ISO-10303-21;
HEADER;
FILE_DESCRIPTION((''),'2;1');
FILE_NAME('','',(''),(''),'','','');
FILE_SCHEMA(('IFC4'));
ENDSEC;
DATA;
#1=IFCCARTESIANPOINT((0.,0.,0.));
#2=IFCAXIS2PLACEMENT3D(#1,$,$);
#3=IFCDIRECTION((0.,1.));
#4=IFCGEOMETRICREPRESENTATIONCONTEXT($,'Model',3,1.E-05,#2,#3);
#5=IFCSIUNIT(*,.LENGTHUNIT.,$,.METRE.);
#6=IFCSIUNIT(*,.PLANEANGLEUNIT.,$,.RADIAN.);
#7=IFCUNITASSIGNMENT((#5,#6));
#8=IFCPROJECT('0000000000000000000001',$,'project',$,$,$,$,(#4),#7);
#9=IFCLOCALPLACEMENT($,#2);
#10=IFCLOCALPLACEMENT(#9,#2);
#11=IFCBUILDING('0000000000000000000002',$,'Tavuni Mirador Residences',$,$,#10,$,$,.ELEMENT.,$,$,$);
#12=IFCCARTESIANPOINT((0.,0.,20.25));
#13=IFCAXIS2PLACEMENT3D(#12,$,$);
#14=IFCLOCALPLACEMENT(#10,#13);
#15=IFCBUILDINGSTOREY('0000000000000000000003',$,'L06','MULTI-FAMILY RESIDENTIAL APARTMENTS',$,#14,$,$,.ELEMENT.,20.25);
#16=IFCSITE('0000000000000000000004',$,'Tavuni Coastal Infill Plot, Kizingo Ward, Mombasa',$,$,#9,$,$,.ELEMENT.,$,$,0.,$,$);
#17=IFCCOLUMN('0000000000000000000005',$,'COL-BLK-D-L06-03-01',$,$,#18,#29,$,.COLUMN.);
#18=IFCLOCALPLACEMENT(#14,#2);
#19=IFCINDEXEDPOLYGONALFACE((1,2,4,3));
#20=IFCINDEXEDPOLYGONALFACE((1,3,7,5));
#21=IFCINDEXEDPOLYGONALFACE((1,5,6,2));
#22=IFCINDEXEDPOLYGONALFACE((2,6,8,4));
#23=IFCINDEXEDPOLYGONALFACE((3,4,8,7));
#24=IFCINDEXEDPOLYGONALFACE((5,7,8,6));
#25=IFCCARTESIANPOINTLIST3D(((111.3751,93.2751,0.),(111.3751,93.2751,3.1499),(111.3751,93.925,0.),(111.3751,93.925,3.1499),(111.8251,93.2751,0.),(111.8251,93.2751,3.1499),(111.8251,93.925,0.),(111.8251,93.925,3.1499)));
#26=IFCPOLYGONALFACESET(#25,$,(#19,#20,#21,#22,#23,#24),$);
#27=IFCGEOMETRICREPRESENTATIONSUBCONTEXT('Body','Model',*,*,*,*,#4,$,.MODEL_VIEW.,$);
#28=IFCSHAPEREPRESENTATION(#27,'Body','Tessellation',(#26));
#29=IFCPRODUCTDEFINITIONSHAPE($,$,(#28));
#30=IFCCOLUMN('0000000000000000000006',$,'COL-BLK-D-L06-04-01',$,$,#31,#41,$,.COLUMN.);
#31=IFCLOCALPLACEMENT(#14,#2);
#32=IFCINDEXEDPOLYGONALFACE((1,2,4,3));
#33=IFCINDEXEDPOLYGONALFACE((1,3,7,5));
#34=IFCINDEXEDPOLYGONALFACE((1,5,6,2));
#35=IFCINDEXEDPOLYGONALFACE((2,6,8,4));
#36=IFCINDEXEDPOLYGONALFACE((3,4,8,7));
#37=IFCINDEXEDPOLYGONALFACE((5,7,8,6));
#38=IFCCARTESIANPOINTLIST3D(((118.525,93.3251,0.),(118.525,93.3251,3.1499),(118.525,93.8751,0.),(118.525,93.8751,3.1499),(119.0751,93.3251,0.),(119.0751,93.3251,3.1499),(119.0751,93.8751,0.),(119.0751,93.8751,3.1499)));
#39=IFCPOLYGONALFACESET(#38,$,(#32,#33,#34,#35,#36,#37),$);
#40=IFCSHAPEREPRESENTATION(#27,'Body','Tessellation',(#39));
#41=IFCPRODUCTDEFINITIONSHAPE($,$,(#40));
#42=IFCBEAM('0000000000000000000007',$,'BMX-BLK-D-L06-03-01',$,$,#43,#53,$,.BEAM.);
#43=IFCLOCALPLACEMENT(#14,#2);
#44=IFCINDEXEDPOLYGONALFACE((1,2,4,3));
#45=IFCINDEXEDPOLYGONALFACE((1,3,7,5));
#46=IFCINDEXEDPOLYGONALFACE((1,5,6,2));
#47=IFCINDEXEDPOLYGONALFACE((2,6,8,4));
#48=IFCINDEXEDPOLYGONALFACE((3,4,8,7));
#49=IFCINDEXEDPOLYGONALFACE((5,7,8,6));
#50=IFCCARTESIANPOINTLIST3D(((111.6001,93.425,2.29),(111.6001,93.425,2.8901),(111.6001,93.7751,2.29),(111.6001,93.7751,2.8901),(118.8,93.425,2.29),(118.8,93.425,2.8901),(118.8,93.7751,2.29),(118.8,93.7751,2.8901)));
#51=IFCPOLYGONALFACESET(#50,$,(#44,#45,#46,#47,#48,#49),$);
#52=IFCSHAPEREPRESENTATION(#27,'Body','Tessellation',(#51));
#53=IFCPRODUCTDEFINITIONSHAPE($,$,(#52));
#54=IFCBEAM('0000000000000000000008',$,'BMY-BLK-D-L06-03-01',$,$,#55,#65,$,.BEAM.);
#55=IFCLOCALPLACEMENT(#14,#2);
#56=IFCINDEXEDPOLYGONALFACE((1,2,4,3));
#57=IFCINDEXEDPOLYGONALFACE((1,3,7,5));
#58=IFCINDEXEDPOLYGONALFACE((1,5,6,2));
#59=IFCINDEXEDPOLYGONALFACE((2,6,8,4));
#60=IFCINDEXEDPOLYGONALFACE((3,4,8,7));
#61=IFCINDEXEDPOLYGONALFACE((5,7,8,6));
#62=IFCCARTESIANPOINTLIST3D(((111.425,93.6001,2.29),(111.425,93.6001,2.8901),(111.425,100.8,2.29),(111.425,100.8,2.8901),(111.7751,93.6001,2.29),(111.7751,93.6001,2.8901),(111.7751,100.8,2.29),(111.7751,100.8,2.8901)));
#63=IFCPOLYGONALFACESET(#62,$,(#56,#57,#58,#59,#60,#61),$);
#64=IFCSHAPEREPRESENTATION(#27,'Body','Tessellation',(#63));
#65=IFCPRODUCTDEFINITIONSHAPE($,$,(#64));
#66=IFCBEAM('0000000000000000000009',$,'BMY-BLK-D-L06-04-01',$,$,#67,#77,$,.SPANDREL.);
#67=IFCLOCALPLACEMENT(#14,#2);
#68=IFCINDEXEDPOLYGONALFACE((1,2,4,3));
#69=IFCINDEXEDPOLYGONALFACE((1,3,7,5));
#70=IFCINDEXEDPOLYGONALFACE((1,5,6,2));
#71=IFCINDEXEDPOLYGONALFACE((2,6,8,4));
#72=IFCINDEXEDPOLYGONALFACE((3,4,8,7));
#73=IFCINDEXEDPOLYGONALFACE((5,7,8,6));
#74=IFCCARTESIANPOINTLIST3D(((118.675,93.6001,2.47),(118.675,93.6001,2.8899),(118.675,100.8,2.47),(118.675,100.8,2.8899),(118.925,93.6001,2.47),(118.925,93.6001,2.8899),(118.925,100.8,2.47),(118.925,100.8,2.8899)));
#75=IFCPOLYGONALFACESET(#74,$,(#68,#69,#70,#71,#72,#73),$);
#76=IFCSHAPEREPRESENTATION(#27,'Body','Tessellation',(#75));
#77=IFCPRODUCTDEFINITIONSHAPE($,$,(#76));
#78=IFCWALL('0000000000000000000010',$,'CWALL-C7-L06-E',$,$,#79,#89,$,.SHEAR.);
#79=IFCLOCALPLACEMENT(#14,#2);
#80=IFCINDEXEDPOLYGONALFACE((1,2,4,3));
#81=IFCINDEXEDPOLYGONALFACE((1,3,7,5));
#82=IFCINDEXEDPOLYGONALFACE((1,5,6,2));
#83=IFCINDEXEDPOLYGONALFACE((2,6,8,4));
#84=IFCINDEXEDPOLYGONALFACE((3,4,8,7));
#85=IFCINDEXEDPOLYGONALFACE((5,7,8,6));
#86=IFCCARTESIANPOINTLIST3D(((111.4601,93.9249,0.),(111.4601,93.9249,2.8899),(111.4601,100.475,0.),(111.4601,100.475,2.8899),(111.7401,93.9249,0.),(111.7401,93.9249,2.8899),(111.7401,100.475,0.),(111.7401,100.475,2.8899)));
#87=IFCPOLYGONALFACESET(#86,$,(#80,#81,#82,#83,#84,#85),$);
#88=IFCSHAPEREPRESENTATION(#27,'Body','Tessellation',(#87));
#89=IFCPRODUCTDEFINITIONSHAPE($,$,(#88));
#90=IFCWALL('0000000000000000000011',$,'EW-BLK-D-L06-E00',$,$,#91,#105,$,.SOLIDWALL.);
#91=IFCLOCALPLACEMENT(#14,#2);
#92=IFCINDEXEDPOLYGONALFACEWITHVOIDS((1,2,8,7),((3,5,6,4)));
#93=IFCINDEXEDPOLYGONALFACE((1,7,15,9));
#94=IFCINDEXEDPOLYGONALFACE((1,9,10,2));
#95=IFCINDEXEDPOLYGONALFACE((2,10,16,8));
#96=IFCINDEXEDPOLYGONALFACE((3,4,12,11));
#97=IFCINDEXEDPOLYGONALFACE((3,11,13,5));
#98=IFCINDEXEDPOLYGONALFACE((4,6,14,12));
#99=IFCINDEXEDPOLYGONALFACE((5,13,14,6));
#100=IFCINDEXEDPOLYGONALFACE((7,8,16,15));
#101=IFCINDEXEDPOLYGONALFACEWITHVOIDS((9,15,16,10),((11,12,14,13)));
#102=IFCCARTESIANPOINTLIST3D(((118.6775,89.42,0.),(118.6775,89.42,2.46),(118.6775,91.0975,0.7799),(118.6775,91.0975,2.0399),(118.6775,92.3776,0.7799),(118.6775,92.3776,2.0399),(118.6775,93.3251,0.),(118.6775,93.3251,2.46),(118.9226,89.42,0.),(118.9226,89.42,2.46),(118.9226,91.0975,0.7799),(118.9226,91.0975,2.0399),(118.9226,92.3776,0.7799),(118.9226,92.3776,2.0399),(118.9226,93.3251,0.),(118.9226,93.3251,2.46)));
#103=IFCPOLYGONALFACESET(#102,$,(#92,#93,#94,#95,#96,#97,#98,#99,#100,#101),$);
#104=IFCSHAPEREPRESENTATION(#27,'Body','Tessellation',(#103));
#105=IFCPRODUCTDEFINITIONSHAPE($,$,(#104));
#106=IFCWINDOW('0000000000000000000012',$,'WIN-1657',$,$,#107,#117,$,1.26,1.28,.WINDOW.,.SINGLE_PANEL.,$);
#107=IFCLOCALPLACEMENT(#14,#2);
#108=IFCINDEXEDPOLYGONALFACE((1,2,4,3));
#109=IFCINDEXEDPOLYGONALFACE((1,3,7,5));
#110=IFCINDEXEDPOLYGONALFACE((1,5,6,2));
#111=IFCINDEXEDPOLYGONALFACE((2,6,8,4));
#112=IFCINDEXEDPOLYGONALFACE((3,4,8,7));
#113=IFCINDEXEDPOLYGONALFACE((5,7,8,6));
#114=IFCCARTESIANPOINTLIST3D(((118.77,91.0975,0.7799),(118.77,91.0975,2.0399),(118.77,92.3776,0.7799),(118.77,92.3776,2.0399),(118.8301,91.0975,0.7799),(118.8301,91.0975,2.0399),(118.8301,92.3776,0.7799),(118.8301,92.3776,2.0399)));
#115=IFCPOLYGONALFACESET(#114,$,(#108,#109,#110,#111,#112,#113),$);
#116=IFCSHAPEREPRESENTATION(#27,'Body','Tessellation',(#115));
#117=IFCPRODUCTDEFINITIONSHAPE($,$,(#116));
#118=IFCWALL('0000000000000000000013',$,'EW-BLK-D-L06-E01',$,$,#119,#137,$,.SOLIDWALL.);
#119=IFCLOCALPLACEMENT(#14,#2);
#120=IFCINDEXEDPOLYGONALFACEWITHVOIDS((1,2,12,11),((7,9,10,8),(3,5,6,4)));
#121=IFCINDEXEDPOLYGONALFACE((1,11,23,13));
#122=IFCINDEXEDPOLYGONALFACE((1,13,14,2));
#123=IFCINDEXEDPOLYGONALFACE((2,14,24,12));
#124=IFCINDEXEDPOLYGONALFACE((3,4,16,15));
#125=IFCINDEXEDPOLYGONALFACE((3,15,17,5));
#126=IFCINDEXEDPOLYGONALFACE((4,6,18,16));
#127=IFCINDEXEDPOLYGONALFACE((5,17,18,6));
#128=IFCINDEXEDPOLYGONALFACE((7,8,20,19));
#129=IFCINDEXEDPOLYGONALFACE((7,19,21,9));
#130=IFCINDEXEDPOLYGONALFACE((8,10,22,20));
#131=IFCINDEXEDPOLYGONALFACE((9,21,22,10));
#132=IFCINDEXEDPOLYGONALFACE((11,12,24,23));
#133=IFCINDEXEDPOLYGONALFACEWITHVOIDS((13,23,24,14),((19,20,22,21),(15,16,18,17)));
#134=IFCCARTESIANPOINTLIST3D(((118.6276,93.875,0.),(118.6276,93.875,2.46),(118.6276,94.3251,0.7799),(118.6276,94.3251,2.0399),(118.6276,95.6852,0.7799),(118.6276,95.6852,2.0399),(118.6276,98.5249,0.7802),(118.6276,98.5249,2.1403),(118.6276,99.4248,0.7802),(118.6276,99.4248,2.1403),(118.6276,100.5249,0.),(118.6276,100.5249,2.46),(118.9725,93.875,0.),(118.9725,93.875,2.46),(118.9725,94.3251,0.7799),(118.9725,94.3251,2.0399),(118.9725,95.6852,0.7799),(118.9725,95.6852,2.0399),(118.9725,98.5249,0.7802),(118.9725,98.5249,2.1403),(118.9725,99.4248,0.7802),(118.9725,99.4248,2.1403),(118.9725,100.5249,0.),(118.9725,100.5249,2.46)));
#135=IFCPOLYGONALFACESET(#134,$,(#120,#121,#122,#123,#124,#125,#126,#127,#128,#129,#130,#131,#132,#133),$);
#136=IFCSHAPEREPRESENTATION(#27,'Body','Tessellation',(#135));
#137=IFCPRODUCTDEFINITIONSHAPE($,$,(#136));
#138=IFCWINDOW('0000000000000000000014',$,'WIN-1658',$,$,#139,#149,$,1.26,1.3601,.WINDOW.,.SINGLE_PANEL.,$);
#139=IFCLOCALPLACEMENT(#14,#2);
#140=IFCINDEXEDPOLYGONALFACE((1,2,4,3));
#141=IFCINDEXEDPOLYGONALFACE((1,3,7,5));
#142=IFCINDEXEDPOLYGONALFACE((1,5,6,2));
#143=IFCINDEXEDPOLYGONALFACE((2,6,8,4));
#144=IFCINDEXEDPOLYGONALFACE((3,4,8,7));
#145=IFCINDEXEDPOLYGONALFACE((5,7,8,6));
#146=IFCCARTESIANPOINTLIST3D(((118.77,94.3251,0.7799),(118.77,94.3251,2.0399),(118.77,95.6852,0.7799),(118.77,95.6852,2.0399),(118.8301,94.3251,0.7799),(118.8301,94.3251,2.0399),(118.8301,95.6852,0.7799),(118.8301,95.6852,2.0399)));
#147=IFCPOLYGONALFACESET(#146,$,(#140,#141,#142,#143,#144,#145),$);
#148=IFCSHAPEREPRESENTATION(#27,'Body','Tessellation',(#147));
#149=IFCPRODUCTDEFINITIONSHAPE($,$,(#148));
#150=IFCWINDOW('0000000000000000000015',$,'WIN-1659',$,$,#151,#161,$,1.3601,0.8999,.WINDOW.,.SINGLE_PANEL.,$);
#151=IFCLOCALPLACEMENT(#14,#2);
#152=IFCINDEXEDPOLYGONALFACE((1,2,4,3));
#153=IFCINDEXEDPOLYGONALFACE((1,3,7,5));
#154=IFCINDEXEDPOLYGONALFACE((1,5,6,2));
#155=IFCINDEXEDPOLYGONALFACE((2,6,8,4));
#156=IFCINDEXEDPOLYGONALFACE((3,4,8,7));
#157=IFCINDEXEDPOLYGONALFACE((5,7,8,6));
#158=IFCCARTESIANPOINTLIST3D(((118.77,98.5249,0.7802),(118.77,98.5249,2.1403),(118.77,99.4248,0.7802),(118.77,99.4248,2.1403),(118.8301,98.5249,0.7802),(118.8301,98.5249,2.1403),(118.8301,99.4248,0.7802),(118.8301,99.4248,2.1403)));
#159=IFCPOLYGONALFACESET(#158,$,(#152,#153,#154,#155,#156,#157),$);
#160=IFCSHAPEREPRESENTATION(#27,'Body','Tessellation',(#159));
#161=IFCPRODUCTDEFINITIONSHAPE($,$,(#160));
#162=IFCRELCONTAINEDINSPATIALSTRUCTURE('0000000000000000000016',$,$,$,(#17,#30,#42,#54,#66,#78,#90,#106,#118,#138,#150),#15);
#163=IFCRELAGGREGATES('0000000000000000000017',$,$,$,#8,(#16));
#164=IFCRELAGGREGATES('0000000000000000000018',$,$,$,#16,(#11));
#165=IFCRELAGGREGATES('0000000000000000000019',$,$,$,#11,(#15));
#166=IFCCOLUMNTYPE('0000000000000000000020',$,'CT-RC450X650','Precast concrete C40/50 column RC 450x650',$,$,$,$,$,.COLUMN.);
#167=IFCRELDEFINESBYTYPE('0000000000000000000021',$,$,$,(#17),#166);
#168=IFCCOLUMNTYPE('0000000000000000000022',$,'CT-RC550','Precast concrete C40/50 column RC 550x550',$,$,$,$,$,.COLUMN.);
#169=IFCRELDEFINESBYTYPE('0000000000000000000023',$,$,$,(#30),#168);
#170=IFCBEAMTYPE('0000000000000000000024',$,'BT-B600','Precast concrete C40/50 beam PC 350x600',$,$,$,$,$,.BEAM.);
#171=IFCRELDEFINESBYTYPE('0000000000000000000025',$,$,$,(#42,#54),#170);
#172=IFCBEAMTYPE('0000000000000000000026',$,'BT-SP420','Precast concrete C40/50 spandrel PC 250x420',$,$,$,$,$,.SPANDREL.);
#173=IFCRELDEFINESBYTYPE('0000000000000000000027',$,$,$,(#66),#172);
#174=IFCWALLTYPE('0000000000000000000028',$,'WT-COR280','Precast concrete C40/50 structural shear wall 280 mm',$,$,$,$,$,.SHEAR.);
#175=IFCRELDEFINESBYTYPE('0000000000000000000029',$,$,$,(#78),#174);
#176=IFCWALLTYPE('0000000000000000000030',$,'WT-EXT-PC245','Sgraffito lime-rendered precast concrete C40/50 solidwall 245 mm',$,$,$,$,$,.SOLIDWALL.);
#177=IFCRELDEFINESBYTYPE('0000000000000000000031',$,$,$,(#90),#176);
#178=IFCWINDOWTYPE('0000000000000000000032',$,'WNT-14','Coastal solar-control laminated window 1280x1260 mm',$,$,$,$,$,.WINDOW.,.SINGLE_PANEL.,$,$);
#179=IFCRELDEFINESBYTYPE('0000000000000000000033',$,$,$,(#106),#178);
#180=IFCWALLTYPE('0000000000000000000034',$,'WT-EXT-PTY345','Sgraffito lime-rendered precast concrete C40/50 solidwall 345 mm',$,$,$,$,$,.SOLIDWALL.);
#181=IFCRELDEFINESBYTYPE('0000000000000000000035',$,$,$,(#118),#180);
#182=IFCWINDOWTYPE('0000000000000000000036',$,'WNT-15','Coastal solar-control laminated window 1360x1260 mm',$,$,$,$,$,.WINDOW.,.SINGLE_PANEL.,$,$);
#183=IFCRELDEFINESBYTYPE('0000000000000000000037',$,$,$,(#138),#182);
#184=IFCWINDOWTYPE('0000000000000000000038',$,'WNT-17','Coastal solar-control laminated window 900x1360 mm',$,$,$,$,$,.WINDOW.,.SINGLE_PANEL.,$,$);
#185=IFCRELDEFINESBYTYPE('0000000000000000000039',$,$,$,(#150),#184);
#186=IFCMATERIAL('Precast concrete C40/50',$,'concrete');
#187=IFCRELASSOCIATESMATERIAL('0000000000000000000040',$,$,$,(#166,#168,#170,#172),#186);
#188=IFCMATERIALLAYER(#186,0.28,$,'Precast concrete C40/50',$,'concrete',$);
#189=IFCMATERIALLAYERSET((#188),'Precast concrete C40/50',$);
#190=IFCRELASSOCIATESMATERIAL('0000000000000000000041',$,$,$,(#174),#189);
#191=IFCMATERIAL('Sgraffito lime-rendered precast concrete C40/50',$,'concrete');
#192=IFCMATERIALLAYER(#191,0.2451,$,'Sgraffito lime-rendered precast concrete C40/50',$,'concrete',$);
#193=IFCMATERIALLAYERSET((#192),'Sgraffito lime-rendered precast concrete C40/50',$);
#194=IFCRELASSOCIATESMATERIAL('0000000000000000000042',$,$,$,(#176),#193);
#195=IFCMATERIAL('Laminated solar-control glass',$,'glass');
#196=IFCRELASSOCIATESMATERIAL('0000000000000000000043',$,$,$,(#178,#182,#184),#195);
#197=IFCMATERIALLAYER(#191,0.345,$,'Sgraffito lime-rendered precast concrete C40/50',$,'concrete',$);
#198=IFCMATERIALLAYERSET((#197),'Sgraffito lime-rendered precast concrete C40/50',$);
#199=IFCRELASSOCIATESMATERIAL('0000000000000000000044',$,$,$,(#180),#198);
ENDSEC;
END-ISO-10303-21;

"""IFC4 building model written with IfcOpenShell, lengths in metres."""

from ifc_helpers import new_model, si_unit, direction, frame, frame_2d, origin, origin_2d, place, context, subcontext, project, spatial, rectangle, extrude, material, layer, layer_set, material_profile, profile_set, type_object, element, fill, save


model = new_model("IFC4")

# Units and contexts
model_context = context("Model", 3, precision=1e-05, world=origin(), true_north=direction((0.0, 1.0)))
body_context = subcontext(model_context, "Body", "Model", "MODEL_VIEW")
ifc_project = project(units=[si_unit("LENGTHUNIT", "METRE"), si_unit("PLANEANGLEUNIT", "RADIAN")], contexts=[model_context])

# Site, building, storey
site_placement = place(None, origin())
site = spatial("IfcSite", under=ifc_project, at=site_placement, Name="Tavuni Coastal Infill Plot, Kizingo Ward, Mombasa", CompositionType="ELEMENT", RefElevation=0.0)
building_placement = place(site_placement, origin())
building = spatial("IfcBuilding", under=site, at=building_placement, Name="Tavuni Mirador Residences", CompositionType="ELEMENT")
storey_placement = place(building_placement, frame((0.0, 0.0, 20.25)))
storey = spatial("IfcBuildingStorey", under=building, at=storey_placement, Name="L06", Description="MULTI-FAMILY RESIDENTIAL APARTMENTS", CompositionType="ELEMENT", Elevation=20.25)

# Columns
ifc_material_1 = material(Name="Precast concrete C40/50", Category="concrete")
ifc_material_profile_1 = material_profile(ifc_material_1, rectangle(XDim=0.45, YDim=0.6499, at=origin_2d()), Name="RC 450x650", Category="concrete")
ifc_profile_set_1 = profile_set([ifc_material_profile_1], Name="Precast concrete C40/50")
column_type_1 = type_object("IfcColumnType", Name="CT-RC450X650", Description="Precast concrete C40/50 column RC 450x650", PredefinedType="COLUMN", material=ifc_profile_set_1)
column_1_placement = place(storey_placement, frame((111.6001, 93.6001, 0.0), z_axis=(0.0, 0.0, 1.0), x_axis=(1.0, 0.0, 0.0)))
element("IfcColumn", 1, at=column_1_placement, inside=storey, type_object=column_type_1, Name="COL-BLK-D-L06-03-01", PredefinedType="COLUMN", context=body_context, shape_type="SweptSolid", body=[
    extrude(rectangle(XDim=0.45, YDim=0.6499, at=origin_2d()), origin(), (0.0, 0.0, 1.0), 3.1499),
])
ifc_material_profile_2 = material_profile(ifc_material_1, rectangle(XDim=0.55, YDim=0.55, at=origin_2d()), Name="RC 550x550", Category="concrete")
ifc_profile_set_2 = profile_set([ifc_material_profile_2], Name="Precast concrete C40/50")
column_type_2 = type_object("IfcColumnType", Name="CT-RC550", Description="Precast concrete C40/50 column RC 550x550", PredefinedType="COLUMN", material=ifc_profile_set_2)
column_2_placement = place(storey_placement, frame((118.8, 93.6001, 0.0), z_axis=(0.0, 0.0, 1.0), x_axis=(1.0, 0.0, 0.0)))
element("IfcColumn", 2, at=column_2_placement, inside=storey, type_object=column_type_2, Name="COL-BLK-D-L06-04-01", PredefinedType="COLUMN", context=body_context, shape_type="SweptSolid", body=[
    extrude(rectangle(XDim=0.55, YDim=0.55, at=origin_2d()), origin(), (0.0, 0.0, 1.0), 3.1499),
])

# Beams
ifc_material_profile_3 = material_profile(ifc_material_1, rectangle(XDim=0.3501, YDim=0.6001, at=origin_2d()), Name="PC 350x600", Category="concrete")
ifc_profile_set_3 = profile_set([ifc_material_profile_3], Name="Precast concrete C40/50")
beam_type_1 = type_object("IfcBeamType", Name="BT-B600", Description="Precast concrete C40/50 beam PC 350x600", PredefinedType="BEAM", material=ifc_profile_set_3)
for number, where, z_axis, x_axis, name in (
    (3, (111.6001, 93.6001, 2.5901), (1.0, 0.0, 0.0), (0.0, 1.0, 0.0), "BMX-BLK-D-L06-03-01"),
    (4, (111.6001, 93.6001, 2.5901), (0.0, 1.0, 0.0), (-1.0, 0.0, 0.0), "BMY-BLK-D-L06-03-01"),
):
    element("IfcBeam", number, at=place(storey_placement, frame(where, z_axis=z_axis, x_axis=x_axis)), inside=storey, type_object=beam_type_1, Name=name, PredefinedType="BEAM", context=body_context, shape_type="SweptSolid", body=[
        extrude(rectangle(XDim=0.3501, YDim=0.6001, at=origin_2d()), origin(), (0.0, 0.0, 1.0), 7.2),
    ])
ifc_material_profile_4 = material_profile(ifc_material_1, rectangle(XDim=0.25, YDim=0.4199, at=origin_2d()), Name="PC 250x420", Category="concrete")
ifc_profile_set_4 = profile_set([ifc_material_profile_4], Name="Precast concrete C40/50")
beam_type_2 = type_object("IfcBeamType", Name="BT-SP420", Description="Precast concrete C40/50 spandrel PC 250x420", PredefinedType="SPANDREL", material=ifc_profile_set_4)
beam_placement = place(storey_placement, frame((118.8, 93.6001, 2.6799), z_axis=(0.0, 1.0, 0.0), x_axis=(-1.0, 0.0, 0.0)))
element("IfcBeam", 5, at=beam_placement, inside=storey, type_object=beam_type_2, Name="BMY-BLK-D-L06-04-01", PredefinedType="SPANDREL", context=body_context, shape_type="SweptSolid", body=[
    extrude(rectangle(XDim=0.25, YDim=0.4199, at=origin_2d()), origin(), (0.0, 0.0, 1.0), 7.2),
])

# Wall
ifc_layer_1 = layer(ifc_material_1, 0.28, Name="Precast concrete C40/50", Category="concrete")
ifc_layer_set_1 = layer_set([ifc_layer_1], Name="Precast concrete C40/50")
wall_type_1 = type_object("IfcWallType", Name="WT-COR280", Description="Precast concrete C40/50 structural shear wall 280 mm", PredefinedType="SHEAR", material=ifc_layer_set_1)
wall_1_placement = place(storey_placement, frame((111.6001, 93.925, 0.0), z_axis=(0.0, 0.0, 1.0), x_axis=(0.0, 1.0, 0.0)))
element("IfcWall", 6, at=wall_1_placement, inside=storey, type_object=wall_type_1, Name="CWALL-C7-L06-E", PredefinedType="SHEAR", context=body_context, shape_type="SweptSolid", body=[
    extrude(rectangle(XDim=6.55, YDim=0.28, at=frame_2d((3.2749, 0.0))), origin(), (0.0, 0.0, 1.0), 2.8899),
])

# Wall, opening, window
ifc_material_2 = material(Name="Sgraffito lime-rendered precast concrete C40/50", Category="concrete")
ifc_layer_2 = layer(ifc_material_2, 0.2451, Name="Sgraffito lime-rendered precast concrete C40/50", Category="concrete")
ifc_layer_set_2 = layer_set([ifc_layer_2], Name="Sgraffito lime-rendered precast concrete C40/50")
wall_type_2 = type_object("IfcWallType", Name="WT-EXT-PC245", Description="Sgraffito lime-rendered precast concrete C40/50 solidwall 245 mm", PredefinedType="SOLIDWALL", material=ifc_layer_set_2)
wall_2_placement = place(storey_placement, frame((118.8, 89.4199, 0.0), z_axis=(0.0, 0.0, 1.0), x_axis=(0.0, 1.0, 0.0)))
wall_2 = element("IfcWall", 7, at=wall_2_placement, inside=storey, type_object=wall_type_2, Name="EW-BLK-D-L06-E00", PredefinedType="SOLIDWALL", context=body_context, shape_type="SweptSolid", body=[
    extrude(rectangle(XDim=3.905, YDim=0.2451, at=frame_2d((1.9526, 0.0))), origin(), (0.0, 0.0, 1.0), 2.46),
])
opening_1_placement = place(wall_2_placement, frame((1.6775, 0.0, 0.78)))
opening_1 = element("IfcOpeningElement", 8, at=opening_1_placement, cuts=wall_2, PredefinedType="OPENING", context=body_context, shape_type="SweptSolid", body=[
    extrude(rectangle(XDim=1.28, YDim=1.26, at=frame_2d((0.6401, 0.6299))), frame((0.0, 0.1326, 0.0), z_axis=(0.0, -1.0, 0.0), x_axis=(1.0, 0.0, 0.0)), (0.0, 0.0, 1.0), 0.2651),
])
ifc_material_3 = material(Name="Laminated solar-control glass", Category="glass")
window_type_1 = type_object("IfcWindowType", Name="WNT-14", Description="Coastal solar-control laminated window 1280x1260 mm", PartitioningType="SINGLE_PANEL", PredefinedType="WINDOW", material=ifc_material_3)
window_1_placement = place(opening_1_placement, origin())
window_1 = element("IfcWindow", 9, at=window_1_placement, inside=storey, type_object=window_type_1, Name="WIN-1657", OverallHeight=1.26, OverallWidth=1.28, PartitioningType="SINGLE_PANEL", PredefinedType="WINDOW", context=body_context, shape_type="SweptSolid", body=[
    extrude(rectangle(XDim=1.28, YDim=1.26, at=frame_2d((0.6401, 0.6299))), frame((0.0, 0.03, 0.0), z_axis=(0.0, -1.0, 0.0), x_axis=(1.0, 0.0, 0.0)), (0.0, 0.0, 1.0), 0.0601),
])
fill(opening_1, window_1)

# Wall, openings, windows
ifc_layer_3 = layer(ifc_material_2, 0.345, Name="Sgraffito lime-rendered precast concrete C40/50", Category="concrete")
ifc_layer_set_3 = layer_set([ifc_layer_3], Name="Sgraffito lime-rendered precast concrete C40/50")
wall_type_3 = type_object("IfcWallType", Name="WT-EXT-PTY345", Description="Sgraffito lime-rendered precast concrete C40/50 solidwall 345 mm", PredefinedType="SOLIDWALL", material=ifc_layer_set_3)
wall_3_placement = place(storey_placement, frame((118.8, 93.875, 0.0), z_axis=(0.0, 0.0, 1.0), x_axis=(0.0, 1.0, 0.0)))
wall_3 = element("IfcWall", 10, at=wall_3_placement, inside=storey, type_object=wall_type_3, Name="EW-BLK-D-L06-E01", PredefinedType="SOLIDWALL", context=body_context, shape_type="SweptSolid", body=[
    extrude(rectangle(XDim=6.6499, YDim=0.345, at=frame_2d((3.325, 0.0))), origin(), (0.0, 0.0, 1.0), 2.46),
])
opening_2_placement = place(wall_3_placement, frame((0.45, 0.0, 0.78)))
opening_2 = element("IfcOpeningElement", 11, at=opening_2_placement, cuts=wall_3, PredefinedType="OPENING", context=body_context, shape_type="SweptSolid", body=[
    extrude(rectangle(XDim=1.3601, YDim=1.26, at=frame_2d((0.6802, 0.6299))), frame((0.0, 0.1826, 0.0), z_axis=(0.0, -1.0, 0.0), x_axis=(1.0, 0.0, 0.0)), (0.0, 0.0, 1.0), 0.365),
])
opening_3_placement = place(wall_3_placement, frame((4.6499, 0.0, 0.78)))
opening_3 = element("IfcOpeningElement", 12, at=opening_3_placement, cuts=wall_3, PredefinedType="OPENING", context=body_context, shape_type="SweptSolid", body=[
    extrude(rectangle(XDim=0.8999, YDim=1.3601, at=frame_2d((0.45, 0.6802))), frame((0.0, 0.1826, 0.0), z_axis=(0.0, -1.0, 0.0), x_axis=(1.0, 0.0, 0.0)), (0.0, 0.0, 1.0), 0.365),
])
window_type_2 = type_object("IfcWindowType", Name="WNT-15", Description="Coastal solar-control laminated window 1360x1260 mm", PartitioningType="SINGLE_PANEL", PredefinedType="WINDOW", material=ifc_material_3)
window_2_placement = place(opening_2_placement, origin())
window_2 = element("IfcWindow", 13, at=window_2_placement, inside=storey, type_object=window_type_2, Name="WIN-1658", OverallHeight=1.26, OverallWidth=1.3601, PartitioningType="SINGLE_PANEL", PredefinedType="WINDOW", context=body_context, shape_type="SweptSolid", body=[
    extrude(rectangle(XDim=1.3601, YDim=1.26, at=frame_2d((0.6802, 0.6299))), frame((0.0, 0.03, 0.0), z_axis=(0.0, -1.0, 0.0), x_axis=(1.0, 0.0, 0.0)), (0.0, 0.0, 1.0), 0.0601),
])
fill(opening_2, window_2)
window_type_3 = type_object("IfcWindowType", Name="WNT-17", Description="Coastal solar-control laminated window 900x1360 mm", PartitioningType="SINGLE_PANEL", PredefinedType="WINDOW", material=ifc_material_3)
window_3_placement = place(opening_3_placement, origin())
window_3 = element("IfcWindow", 14, at=window_3_placement, inside=storey, type_object=window_type_3, Name="WIN-1659", OverallHeight=1.3601, OverallWidth=0.8999, PartitioningType="SINGLE_PANEL", PredefinedType="WINDOW", context=body_context, shape_type="SweptSolid", body=[
    extrude(rectangle(XDim=0.8999, YDim=1.3601, at=frame_2d((0.45, 0.6802))), frame((0.0, 0.03, 0.0), z_axis=(0.0, -1.0, 0.0), x_axis=(1.0, 0.0, 0.0)), (0.0, 0.0, 1.0), 0.0601),
])
fill(opening_3, window_3)

save(model, "model.ifc")
